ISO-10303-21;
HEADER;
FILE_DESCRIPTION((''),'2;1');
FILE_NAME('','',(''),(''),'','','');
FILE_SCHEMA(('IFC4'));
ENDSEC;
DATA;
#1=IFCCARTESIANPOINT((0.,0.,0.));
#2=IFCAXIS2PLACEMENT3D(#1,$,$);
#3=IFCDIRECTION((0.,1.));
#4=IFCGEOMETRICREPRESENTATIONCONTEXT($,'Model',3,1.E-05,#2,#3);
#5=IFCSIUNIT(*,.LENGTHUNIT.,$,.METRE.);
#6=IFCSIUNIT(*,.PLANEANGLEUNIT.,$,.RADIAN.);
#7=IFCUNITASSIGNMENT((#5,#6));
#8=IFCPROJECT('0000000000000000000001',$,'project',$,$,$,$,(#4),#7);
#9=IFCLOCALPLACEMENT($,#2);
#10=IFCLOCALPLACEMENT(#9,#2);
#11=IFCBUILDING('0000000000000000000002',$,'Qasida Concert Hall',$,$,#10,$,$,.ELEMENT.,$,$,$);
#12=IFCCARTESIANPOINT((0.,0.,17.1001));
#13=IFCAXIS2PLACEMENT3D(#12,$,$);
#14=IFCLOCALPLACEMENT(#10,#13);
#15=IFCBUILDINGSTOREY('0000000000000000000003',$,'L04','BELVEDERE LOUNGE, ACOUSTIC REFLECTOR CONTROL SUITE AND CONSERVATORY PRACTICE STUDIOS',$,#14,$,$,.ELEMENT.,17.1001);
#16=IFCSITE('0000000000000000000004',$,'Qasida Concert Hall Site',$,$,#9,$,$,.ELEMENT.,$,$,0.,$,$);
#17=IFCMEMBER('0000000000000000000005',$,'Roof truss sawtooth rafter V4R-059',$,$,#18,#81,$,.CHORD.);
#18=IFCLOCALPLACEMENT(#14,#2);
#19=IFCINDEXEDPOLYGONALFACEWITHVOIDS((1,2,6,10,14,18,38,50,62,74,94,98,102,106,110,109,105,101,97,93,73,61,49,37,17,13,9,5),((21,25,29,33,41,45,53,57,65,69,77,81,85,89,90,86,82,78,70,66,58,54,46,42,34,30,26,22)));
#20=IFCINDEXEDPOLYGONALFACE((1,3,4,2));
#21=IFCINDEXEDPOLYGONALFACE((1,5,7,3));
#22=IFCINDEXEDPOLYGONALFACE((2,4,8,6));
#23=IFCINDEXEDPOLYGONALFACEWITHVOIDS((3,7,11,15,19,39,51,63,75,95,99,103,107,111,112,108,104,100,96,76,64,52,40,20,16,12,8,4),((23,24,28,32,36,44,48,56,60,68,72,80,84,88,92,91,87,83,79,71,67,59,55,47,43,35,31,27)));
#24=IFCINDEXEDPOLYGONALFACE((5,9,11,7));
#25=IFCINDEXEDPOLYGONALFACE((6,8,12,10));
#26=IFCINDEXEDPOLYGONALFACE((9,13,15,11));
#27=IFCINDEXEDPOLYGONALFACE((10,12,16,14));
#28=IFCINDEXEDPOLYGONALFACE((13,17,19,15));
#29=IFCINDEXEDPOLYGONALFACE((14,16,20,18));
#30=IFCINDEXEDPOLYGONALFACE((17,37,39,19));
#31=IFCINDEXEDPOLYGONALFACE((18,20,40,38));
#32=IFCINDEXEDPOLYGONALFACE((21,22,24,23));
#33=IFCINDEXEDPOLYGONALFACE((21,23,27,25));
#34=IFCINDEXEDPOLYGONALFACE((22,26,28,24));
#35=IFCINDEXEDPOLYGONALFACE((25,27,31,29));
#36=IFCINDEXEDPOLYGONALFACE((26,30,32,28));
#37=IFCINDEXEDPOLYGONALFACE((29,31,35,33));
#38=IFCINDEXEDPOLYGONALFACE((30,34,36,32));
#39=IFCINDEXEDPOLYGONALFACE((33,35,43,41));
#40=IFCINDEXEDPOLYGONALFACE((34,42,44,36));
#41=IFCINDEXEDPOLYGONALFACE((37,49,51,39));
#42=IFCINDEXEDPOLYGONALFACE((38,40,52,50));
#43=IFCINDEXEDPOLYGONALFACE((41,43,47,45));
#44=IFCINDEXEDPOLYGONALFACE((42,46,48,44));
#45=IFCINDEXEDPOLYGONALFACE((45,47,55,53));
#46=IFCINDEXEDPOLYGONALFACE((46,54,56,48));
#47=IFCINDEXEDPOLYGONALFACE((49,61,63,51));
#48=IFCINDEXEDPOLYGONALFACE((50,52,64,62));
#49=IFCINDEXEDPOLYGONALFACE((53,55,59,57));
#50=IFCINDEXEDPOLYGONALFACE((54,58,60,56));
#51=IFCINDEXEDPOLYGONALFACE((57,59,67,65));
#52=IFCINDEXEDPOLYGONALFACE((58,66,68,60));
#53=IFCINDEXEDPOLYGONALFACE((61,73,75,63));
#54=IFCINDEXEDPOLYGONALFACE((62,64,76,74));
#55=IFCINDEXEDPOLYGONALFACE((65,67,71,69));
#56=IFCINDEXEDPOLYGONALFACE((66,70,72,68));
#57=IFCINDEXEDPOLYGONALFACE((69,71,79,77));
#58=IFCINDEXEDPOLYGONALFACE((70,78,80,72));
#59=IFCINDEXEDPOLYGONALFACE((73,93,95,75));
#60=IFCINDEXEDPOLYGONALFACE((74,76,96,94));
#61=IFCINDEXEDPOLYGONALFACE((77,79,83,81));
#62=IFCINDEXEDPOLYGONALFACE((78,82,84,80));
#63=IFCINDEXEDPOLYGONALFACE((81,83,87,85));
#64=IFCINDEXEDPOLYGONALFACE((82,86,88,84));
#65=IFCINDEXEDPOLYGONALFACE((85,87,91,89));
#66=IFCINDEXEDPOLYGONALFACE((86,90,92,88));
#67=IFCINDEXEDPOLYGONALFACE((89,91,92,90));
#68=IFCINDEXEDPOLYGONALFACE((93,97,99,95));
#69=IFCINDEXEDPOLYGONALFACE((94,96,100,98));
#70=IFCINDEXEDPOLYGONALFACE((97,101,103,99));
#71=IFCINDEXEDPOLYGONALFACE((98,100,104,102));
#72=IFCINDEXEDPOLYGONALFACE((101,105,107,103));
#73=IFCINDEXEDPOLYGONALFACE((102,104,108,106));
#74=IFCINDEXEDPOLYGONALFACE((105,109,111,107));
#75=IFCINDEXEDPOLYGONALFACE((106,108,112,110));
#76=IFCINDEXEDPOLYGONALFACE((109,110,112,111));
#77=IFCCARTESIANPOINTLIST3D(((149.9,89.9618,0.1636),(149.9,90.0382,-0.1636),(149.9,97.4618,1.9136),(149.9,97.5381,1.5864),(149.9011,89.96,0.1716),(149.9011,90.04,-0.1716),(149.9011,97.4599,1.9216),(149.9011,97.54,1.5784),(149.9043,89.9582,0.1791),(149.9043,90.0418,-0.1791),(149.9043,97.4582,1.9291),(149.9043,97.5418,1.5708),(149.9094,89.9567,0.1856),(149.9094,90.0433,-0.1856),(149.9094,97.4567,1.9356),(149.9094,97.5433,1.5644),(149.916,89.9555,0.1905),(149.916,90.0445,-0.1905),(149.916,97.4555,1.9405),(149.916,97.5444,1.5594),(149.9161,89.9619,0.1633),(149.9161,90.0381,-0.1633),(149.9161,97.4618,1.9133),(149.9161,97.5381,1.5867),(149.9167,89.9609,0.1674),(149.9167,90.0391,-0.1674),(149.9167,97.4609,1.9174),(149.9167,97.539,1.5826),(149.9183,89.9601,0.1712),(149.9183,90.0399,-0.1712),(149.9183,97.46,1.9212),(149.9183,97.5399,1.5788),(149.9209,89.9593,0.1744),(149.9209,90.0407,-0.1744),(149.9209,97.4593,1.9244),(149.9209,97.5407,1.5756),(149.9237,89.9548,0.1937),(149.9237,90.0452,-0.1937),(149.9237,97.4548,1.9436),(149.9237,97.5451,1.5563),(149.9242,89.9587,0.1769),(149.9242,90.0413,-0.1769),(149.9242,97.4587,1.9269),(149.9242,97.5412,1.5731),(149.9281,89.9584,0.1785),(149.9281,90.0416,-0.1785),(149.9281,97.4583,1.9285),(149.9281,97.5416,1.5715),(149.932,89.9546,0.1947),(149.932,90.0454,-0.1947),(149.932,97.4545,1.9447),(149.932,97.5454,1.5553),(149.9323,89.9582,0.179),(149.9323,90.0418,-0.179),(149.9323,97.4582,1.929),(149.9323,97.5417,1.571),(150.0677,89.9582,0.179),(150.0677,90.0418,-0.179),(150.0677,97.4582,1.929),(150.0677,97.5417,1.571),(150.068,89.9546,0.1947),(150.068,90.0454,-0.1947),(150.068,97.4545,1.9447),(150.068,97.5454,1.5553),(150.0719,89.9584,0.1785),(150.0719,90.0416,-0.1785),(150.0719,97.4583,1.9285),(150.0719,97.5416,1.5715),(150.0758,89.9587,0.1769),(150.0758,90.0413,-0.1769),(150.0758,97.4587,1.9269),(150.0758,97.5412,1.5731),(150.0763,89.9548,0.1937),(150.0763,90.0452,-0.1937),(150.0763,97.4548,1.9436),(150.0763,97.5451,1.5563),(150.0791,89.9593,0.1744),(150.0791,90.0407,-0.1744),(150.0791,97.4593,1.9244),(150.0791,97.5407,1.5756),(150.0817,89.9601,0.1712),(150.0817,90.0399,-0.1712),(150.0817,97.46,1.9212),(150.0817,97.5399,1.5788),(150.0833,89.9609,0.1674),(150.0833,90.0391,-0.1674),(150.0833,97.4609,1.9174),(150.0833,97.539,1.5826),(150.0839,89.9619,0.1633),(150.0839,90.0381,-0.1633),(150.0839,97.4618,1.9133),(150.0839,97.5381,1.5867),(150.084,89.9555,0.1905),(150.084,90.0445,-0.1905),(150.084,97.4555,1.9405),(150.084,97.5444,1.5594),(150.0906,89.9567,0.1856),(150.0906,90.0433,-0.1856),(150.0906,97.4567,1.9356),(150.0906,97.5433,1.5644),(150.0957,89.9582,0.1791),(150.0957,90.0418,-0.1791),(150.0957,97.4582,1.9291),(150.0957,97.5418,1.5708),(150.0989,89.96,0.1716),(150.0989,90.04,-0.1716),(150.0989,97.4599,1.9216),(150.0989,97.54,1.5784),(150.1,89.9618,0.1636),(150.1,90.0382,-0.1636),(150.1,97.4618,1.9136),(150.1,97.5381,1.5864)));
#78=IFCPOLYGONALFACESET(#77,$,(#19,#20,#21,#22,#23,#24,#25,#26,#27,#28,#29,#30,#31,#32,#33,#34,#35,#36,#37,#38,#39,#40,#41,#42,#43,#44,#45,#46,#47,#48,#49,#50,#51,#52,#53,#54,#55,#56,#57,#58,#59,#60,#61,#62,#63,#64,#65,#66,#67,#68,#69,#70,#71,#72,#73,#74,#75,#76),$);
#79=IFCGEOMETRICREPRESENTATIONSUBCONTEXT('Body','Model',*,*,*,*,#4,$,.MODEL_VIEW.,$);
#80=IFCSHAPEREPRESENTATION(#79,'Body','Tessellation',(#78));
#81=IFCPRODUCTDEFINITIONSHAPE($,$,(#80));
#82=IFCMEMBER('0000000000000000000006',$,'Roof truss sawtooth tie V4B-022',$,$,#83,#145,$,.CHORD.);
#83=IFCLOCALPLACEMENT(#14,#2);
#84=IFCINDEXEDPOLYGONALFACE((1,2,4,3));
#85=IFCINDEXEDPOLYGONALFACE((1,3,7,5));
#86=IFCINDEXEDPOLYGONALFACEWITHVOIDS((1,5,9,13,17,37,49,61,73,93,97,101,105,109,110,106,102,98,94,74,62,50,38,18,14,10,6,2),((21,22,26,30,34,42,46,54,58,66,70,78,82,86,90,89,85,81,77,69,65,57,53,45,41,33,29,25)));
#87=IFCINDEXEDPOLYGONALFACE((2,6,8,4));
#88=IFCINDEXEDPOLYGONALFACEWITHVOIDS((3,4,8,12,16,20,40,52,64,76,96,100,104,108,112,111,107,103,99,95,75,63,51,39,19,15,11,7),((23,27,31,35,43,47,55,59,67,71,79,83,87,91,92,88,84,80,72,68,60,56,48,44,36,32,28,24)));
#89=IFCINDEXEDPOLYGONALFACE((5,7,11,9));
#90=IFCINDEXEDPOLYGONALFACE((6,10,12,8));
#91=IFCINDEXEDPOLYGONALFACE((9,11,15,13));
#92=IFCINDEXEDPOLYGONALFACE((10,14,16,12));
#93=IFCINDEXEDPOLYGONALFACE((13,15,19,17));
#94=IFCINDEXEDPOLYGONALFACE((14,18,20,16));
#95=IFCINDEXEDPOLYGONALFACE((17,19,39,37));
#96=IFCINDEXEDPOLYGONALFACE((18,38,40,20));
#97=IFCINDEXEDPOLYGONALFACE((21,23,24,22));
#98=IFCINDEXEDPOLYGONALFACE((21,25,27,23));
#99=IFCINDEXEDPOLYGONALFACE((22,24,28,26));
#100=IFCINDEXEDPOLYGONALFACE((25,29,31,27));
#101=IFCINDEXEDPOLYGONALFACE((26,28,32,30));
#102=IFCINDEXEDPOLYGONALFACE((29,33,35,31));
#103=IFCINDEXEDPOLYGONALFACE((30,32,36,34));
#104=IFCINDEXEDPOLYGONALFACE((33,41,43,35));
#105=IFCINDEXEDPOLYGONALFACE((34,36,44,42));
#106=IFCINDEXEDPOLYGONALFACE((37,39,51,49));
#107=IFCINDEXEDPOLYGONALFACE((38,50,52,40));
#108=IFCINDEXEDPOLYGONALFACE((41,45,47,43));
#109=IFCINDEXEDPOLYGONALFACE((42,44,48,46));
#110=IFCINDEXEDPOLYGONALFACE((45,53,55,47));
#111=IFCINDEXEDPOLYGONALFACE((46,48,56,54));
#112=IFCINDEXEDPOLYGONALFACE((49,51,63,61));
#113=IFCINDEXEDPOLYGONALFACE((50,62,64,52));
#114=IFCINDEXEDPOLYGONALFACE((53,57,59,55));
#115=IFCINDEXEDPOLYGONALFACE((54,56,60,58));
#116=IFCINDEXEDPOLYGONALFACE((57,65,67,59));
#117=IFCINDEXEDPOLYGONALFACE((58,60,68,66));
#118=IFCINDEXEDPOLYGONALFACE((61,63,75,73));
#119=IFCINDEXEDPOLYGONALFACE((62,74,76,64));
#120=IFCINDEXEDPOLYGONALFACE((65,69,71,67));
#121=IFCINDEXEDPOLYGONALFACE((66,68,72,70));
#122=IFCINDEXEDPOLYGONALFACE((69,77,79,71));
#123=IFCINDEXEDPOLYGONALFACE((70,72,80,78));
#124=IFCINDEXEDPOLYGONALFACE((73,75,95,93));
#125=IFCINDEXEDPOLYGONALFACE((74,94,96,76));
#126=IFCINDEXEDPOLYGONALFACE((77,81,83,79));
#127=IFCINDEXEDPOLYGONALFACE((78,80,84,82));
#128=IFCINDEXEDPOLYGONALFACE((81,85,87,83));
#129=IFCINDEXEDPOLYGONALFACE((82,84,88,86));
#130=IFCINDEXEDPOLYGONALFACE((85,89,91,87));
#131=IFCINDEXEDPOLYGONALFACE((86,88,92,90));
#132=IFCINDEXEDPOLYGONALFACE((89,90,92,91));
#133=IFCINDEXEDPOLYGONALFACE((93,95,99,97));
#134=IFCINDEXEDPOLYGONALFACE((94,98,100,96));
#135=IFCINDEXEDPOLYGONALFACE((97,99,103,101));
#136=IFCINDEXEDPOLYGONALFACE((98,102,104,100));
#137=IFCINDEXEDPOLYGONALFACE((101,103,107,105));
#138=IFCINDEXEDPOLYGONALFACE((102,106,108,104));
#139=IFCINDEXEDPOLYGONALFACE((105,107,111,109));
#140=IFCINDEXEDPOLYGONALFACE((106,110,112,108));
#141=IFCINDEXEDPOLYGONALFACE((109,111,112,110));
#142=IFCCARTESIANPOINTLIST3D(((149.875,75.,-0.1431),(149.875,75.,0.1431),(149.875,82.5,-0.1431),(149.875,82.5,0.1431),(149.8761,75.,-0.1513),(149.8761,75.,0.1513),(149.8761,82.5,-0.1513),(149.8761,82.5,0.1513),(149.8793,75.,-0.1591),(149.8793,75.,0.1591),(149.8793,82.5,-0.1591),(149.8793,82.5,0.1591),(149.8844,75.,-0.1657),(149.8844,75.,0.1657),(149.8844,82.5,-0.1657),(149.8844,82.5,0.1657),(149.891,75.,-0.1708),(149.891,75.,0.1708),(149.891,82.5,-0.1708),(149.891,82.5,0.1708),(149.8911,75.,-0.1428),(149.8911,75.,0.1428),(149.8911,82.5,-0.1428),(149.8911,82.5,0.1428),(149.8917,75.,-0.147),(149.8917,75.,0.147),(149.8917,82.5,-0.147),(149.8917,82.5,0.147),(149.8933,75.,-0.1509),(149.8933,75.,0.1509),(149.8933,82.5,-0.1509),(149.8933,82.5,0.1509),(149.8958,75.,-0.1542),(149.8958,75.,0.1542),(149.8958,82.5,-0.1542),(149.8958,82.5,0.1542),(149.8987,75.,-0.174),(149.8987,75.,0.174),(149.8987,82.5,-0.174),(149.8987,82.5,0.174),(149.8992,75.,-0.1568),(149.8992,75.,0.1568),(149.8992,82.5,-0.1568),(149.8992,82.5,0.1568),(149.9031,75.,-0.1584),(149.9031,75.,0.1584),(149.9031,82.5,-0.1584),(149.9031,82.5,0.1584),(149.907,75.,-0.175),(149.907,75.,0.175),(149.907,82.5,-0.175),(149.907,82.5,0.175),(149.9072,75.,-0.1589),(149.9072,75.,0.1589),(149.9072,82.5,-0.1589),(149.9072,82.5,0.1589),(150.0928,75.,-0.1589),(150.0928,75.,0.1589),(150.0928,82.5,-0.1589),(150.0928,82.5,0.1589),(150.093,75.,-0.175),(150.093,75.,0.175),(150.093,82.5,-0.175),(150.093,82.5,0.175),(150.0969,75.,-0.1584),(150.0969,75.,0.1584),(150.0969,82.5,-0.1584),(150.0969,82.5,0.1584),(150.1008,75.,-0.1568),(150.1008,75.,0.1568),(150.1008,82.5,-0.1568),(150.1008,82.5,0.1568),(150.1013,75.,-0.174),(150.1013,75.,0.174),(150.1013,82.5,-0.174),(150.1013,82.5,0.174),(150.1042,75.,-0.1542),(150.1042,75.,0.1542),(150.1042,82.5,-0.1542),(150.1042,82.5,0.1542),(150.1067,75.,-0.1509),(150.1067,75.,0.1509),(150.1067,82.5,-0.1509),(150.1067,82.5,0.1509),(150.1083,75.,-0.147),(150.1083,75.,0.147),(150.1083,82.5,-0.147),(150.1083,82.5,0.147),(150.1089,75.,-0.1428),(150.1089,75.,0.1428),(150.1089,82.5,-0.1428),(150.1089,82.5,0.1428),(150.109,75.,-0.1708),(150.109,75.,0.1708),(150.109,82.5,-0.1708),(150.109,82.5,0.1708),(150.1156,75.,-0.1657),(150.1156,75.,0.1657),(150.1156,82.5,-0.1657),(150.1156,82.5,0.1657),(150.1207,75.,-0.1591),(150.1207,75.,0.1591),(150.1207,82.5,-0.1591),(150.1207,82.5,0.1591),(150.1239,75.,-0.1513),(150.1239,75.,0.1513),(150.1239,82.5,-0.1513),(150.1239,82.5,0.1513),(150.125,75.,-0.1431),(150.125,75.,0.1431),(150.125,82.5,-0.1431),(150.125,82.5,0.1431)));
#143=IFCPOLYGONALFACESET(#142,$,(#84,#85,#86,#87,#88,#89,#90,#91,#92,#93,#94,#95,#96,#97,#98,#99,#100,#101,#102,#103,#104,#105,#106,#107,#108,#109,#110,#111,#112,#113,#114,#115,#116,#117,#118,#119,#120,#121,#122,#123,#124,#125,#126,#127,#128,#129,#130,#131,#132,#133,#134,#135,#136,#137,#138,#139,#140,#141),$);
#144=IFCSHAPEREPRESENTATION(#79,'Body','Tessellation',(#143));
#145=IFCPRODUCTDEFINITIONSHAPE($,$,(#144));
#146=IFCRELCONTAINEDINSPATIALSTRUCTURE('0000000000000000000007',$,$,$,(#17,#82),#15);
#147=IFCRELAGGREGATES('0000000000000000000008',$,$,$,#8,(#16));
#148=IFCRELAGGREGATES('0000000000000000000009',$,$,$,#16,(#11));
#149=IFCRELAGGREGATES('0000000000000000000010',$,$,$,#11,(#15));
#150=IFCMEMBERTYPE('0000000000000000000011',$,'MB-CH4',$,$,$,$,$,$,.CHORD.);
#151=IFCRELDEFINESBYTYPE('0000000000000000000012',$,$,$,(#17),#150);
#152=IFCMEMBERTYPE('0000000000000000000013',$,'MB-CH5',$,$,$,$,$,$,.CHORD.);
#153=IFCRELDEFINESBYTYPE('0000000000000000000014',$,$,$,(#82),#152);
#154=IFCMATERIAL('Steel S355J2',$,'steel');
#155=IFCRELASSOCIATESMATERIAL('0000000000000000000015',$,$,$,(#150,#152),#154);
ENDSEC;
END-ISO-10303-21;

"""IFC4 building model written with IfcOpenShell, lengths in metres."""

from ifc_helpers import new_model, si_unit, direction, frame, origin, origin_2d, place, context, subcontext, project, spatial, hollow_rectangle, extrude, material, material_profile, profile_set, type_object, element, save


model = new_model("IFC4")

# Units and contexts
model_context = context("Model", 3, precision=1e-05, world=origin(), true_north=direction((0.0, 1.0)))
body_context = subcontext(model_context, "Body", "Model", "MODEL_VIEW")
ifc_project = project(units=[si_unit("LENGTHUNIT", "METRE"), si_unit("PLANEANGLEUNIT", "RADIAN")], contexts=[model_context])

# Site, building, storey
site_placement = place(None, origin())
site = spatial("IfcSite", under=ifc_project, at=site_placement, Name="Qasida Concert Hall Site", CompositionType="ELEMENT", RefElevation=0.0)
building_placement = place(site_placement, origin())
building = spatial("IfcBuilding", under=site, at=building_placement, Name="Qasida Concert Hall", CompositionType="ELEMENT")
storey_placement = place(building_placement, frame((0.0, 0.0, 17.1001)))
storey = spatial("IfcBuildingStorey", under=building, at=storey_placement, Name="L04", Description="BELVEDERE LOUNGE, ACOUSTIC REFLECTOR CONTROL SUITE AND CONSERVATORY PRACTICE STUDIOS", CompositionType="ELEMENT", Elevation=17.1001)

# Members
ifc_material = material(Name="Steel S355J2", Category="steel")
ifc_material_profile_1 = material_profile(ifc_material, hollow_rectangle(XDim=0.2, YDim=0.3999, WallThickness=0.0161, InnerFilletRadius=0.0161, OuterFilletRadius=0.032, at=origin_2d()), Name="RHS 400x200x16")
ifc_profile_set_1 = profile_set([ifc_material_profile_1], Name="Steel S355J2")
member_type_1 = type_object("IfcMemberType", Name="MB-CH4", PredefinedType="CHORD", material=ifc_profile_set_1)
for number, where, z_axis, x_axis, name in (
    (1, (150.0, 90.0, 0.0), (0.0, 0.973841, 0.22723), (-1.0, 0.0, 0.0), "Roof truss sawtooth rafter V4R-059"),
):
    element("IfcMember", number, at=place(storey_placement, frame(where, z_axis=z_axis, x_axis=x_axis)), inside=storey, type_object=member_type_1, Name=name, PredefinedType="CHORD", context=body_context, shape_type="SweptSolid", body=[
        extrude(hollow_rectangle(XDim=0.2, YDim=0.3999, WallThickness=0.0161, InnerFilletRadius=0.0161, OuterFilletRadius=0.032, at=origin_2d()), origin(), (0.0, 0.0, 1.0), 7.7014),
    ])
ifc_material_profile_2 = material_profile(ifc_material, hollow_rectangle(XDim=0.25, YDim=0.3501, WallThickness=0.0161, InnerFilletRadius=0.0161, OuterFilletRadius=0.032, at=origin_2d()), Name="RHS 350x250x16")
ifc_profile_set_2 = profile_set([ifc_material_profile_2], Name="Steel S355J2")
member_type_2 = type_object("IfcMemberType", Name="MB-CH5", PredefinedType="CHORD", material=ifc_profile_set_2)
for number, where, z_axis, x_axis, name in (
    (2, (150.0, 75.0, 0.0), (0.0, 1.0, 0.0), (-1.0, 0.0, 0.0), "Roof truss sawtooth tie V4B-022"),
):
    element("IfcMember", number, at=place(storey_placement, frame(where, z_axis=z_axis, x_axis=x_axis)), inside=storey, type_object=member_type_2, Name=name, PredefinedType="CHORD", context=body_context, shape_type="SweptSolid", body=[
        extrude(hollow_rectangle(XDim=0.25, YDim=0.3501, WallThickness=0.0161, InnerFilletRadius=0.0161, OuterFilletRadius=0.032, at=origin_2d()), origin(), (0.0, 0.0, 1.0), 7.5),
    ])

save(model, "model.ifc")
